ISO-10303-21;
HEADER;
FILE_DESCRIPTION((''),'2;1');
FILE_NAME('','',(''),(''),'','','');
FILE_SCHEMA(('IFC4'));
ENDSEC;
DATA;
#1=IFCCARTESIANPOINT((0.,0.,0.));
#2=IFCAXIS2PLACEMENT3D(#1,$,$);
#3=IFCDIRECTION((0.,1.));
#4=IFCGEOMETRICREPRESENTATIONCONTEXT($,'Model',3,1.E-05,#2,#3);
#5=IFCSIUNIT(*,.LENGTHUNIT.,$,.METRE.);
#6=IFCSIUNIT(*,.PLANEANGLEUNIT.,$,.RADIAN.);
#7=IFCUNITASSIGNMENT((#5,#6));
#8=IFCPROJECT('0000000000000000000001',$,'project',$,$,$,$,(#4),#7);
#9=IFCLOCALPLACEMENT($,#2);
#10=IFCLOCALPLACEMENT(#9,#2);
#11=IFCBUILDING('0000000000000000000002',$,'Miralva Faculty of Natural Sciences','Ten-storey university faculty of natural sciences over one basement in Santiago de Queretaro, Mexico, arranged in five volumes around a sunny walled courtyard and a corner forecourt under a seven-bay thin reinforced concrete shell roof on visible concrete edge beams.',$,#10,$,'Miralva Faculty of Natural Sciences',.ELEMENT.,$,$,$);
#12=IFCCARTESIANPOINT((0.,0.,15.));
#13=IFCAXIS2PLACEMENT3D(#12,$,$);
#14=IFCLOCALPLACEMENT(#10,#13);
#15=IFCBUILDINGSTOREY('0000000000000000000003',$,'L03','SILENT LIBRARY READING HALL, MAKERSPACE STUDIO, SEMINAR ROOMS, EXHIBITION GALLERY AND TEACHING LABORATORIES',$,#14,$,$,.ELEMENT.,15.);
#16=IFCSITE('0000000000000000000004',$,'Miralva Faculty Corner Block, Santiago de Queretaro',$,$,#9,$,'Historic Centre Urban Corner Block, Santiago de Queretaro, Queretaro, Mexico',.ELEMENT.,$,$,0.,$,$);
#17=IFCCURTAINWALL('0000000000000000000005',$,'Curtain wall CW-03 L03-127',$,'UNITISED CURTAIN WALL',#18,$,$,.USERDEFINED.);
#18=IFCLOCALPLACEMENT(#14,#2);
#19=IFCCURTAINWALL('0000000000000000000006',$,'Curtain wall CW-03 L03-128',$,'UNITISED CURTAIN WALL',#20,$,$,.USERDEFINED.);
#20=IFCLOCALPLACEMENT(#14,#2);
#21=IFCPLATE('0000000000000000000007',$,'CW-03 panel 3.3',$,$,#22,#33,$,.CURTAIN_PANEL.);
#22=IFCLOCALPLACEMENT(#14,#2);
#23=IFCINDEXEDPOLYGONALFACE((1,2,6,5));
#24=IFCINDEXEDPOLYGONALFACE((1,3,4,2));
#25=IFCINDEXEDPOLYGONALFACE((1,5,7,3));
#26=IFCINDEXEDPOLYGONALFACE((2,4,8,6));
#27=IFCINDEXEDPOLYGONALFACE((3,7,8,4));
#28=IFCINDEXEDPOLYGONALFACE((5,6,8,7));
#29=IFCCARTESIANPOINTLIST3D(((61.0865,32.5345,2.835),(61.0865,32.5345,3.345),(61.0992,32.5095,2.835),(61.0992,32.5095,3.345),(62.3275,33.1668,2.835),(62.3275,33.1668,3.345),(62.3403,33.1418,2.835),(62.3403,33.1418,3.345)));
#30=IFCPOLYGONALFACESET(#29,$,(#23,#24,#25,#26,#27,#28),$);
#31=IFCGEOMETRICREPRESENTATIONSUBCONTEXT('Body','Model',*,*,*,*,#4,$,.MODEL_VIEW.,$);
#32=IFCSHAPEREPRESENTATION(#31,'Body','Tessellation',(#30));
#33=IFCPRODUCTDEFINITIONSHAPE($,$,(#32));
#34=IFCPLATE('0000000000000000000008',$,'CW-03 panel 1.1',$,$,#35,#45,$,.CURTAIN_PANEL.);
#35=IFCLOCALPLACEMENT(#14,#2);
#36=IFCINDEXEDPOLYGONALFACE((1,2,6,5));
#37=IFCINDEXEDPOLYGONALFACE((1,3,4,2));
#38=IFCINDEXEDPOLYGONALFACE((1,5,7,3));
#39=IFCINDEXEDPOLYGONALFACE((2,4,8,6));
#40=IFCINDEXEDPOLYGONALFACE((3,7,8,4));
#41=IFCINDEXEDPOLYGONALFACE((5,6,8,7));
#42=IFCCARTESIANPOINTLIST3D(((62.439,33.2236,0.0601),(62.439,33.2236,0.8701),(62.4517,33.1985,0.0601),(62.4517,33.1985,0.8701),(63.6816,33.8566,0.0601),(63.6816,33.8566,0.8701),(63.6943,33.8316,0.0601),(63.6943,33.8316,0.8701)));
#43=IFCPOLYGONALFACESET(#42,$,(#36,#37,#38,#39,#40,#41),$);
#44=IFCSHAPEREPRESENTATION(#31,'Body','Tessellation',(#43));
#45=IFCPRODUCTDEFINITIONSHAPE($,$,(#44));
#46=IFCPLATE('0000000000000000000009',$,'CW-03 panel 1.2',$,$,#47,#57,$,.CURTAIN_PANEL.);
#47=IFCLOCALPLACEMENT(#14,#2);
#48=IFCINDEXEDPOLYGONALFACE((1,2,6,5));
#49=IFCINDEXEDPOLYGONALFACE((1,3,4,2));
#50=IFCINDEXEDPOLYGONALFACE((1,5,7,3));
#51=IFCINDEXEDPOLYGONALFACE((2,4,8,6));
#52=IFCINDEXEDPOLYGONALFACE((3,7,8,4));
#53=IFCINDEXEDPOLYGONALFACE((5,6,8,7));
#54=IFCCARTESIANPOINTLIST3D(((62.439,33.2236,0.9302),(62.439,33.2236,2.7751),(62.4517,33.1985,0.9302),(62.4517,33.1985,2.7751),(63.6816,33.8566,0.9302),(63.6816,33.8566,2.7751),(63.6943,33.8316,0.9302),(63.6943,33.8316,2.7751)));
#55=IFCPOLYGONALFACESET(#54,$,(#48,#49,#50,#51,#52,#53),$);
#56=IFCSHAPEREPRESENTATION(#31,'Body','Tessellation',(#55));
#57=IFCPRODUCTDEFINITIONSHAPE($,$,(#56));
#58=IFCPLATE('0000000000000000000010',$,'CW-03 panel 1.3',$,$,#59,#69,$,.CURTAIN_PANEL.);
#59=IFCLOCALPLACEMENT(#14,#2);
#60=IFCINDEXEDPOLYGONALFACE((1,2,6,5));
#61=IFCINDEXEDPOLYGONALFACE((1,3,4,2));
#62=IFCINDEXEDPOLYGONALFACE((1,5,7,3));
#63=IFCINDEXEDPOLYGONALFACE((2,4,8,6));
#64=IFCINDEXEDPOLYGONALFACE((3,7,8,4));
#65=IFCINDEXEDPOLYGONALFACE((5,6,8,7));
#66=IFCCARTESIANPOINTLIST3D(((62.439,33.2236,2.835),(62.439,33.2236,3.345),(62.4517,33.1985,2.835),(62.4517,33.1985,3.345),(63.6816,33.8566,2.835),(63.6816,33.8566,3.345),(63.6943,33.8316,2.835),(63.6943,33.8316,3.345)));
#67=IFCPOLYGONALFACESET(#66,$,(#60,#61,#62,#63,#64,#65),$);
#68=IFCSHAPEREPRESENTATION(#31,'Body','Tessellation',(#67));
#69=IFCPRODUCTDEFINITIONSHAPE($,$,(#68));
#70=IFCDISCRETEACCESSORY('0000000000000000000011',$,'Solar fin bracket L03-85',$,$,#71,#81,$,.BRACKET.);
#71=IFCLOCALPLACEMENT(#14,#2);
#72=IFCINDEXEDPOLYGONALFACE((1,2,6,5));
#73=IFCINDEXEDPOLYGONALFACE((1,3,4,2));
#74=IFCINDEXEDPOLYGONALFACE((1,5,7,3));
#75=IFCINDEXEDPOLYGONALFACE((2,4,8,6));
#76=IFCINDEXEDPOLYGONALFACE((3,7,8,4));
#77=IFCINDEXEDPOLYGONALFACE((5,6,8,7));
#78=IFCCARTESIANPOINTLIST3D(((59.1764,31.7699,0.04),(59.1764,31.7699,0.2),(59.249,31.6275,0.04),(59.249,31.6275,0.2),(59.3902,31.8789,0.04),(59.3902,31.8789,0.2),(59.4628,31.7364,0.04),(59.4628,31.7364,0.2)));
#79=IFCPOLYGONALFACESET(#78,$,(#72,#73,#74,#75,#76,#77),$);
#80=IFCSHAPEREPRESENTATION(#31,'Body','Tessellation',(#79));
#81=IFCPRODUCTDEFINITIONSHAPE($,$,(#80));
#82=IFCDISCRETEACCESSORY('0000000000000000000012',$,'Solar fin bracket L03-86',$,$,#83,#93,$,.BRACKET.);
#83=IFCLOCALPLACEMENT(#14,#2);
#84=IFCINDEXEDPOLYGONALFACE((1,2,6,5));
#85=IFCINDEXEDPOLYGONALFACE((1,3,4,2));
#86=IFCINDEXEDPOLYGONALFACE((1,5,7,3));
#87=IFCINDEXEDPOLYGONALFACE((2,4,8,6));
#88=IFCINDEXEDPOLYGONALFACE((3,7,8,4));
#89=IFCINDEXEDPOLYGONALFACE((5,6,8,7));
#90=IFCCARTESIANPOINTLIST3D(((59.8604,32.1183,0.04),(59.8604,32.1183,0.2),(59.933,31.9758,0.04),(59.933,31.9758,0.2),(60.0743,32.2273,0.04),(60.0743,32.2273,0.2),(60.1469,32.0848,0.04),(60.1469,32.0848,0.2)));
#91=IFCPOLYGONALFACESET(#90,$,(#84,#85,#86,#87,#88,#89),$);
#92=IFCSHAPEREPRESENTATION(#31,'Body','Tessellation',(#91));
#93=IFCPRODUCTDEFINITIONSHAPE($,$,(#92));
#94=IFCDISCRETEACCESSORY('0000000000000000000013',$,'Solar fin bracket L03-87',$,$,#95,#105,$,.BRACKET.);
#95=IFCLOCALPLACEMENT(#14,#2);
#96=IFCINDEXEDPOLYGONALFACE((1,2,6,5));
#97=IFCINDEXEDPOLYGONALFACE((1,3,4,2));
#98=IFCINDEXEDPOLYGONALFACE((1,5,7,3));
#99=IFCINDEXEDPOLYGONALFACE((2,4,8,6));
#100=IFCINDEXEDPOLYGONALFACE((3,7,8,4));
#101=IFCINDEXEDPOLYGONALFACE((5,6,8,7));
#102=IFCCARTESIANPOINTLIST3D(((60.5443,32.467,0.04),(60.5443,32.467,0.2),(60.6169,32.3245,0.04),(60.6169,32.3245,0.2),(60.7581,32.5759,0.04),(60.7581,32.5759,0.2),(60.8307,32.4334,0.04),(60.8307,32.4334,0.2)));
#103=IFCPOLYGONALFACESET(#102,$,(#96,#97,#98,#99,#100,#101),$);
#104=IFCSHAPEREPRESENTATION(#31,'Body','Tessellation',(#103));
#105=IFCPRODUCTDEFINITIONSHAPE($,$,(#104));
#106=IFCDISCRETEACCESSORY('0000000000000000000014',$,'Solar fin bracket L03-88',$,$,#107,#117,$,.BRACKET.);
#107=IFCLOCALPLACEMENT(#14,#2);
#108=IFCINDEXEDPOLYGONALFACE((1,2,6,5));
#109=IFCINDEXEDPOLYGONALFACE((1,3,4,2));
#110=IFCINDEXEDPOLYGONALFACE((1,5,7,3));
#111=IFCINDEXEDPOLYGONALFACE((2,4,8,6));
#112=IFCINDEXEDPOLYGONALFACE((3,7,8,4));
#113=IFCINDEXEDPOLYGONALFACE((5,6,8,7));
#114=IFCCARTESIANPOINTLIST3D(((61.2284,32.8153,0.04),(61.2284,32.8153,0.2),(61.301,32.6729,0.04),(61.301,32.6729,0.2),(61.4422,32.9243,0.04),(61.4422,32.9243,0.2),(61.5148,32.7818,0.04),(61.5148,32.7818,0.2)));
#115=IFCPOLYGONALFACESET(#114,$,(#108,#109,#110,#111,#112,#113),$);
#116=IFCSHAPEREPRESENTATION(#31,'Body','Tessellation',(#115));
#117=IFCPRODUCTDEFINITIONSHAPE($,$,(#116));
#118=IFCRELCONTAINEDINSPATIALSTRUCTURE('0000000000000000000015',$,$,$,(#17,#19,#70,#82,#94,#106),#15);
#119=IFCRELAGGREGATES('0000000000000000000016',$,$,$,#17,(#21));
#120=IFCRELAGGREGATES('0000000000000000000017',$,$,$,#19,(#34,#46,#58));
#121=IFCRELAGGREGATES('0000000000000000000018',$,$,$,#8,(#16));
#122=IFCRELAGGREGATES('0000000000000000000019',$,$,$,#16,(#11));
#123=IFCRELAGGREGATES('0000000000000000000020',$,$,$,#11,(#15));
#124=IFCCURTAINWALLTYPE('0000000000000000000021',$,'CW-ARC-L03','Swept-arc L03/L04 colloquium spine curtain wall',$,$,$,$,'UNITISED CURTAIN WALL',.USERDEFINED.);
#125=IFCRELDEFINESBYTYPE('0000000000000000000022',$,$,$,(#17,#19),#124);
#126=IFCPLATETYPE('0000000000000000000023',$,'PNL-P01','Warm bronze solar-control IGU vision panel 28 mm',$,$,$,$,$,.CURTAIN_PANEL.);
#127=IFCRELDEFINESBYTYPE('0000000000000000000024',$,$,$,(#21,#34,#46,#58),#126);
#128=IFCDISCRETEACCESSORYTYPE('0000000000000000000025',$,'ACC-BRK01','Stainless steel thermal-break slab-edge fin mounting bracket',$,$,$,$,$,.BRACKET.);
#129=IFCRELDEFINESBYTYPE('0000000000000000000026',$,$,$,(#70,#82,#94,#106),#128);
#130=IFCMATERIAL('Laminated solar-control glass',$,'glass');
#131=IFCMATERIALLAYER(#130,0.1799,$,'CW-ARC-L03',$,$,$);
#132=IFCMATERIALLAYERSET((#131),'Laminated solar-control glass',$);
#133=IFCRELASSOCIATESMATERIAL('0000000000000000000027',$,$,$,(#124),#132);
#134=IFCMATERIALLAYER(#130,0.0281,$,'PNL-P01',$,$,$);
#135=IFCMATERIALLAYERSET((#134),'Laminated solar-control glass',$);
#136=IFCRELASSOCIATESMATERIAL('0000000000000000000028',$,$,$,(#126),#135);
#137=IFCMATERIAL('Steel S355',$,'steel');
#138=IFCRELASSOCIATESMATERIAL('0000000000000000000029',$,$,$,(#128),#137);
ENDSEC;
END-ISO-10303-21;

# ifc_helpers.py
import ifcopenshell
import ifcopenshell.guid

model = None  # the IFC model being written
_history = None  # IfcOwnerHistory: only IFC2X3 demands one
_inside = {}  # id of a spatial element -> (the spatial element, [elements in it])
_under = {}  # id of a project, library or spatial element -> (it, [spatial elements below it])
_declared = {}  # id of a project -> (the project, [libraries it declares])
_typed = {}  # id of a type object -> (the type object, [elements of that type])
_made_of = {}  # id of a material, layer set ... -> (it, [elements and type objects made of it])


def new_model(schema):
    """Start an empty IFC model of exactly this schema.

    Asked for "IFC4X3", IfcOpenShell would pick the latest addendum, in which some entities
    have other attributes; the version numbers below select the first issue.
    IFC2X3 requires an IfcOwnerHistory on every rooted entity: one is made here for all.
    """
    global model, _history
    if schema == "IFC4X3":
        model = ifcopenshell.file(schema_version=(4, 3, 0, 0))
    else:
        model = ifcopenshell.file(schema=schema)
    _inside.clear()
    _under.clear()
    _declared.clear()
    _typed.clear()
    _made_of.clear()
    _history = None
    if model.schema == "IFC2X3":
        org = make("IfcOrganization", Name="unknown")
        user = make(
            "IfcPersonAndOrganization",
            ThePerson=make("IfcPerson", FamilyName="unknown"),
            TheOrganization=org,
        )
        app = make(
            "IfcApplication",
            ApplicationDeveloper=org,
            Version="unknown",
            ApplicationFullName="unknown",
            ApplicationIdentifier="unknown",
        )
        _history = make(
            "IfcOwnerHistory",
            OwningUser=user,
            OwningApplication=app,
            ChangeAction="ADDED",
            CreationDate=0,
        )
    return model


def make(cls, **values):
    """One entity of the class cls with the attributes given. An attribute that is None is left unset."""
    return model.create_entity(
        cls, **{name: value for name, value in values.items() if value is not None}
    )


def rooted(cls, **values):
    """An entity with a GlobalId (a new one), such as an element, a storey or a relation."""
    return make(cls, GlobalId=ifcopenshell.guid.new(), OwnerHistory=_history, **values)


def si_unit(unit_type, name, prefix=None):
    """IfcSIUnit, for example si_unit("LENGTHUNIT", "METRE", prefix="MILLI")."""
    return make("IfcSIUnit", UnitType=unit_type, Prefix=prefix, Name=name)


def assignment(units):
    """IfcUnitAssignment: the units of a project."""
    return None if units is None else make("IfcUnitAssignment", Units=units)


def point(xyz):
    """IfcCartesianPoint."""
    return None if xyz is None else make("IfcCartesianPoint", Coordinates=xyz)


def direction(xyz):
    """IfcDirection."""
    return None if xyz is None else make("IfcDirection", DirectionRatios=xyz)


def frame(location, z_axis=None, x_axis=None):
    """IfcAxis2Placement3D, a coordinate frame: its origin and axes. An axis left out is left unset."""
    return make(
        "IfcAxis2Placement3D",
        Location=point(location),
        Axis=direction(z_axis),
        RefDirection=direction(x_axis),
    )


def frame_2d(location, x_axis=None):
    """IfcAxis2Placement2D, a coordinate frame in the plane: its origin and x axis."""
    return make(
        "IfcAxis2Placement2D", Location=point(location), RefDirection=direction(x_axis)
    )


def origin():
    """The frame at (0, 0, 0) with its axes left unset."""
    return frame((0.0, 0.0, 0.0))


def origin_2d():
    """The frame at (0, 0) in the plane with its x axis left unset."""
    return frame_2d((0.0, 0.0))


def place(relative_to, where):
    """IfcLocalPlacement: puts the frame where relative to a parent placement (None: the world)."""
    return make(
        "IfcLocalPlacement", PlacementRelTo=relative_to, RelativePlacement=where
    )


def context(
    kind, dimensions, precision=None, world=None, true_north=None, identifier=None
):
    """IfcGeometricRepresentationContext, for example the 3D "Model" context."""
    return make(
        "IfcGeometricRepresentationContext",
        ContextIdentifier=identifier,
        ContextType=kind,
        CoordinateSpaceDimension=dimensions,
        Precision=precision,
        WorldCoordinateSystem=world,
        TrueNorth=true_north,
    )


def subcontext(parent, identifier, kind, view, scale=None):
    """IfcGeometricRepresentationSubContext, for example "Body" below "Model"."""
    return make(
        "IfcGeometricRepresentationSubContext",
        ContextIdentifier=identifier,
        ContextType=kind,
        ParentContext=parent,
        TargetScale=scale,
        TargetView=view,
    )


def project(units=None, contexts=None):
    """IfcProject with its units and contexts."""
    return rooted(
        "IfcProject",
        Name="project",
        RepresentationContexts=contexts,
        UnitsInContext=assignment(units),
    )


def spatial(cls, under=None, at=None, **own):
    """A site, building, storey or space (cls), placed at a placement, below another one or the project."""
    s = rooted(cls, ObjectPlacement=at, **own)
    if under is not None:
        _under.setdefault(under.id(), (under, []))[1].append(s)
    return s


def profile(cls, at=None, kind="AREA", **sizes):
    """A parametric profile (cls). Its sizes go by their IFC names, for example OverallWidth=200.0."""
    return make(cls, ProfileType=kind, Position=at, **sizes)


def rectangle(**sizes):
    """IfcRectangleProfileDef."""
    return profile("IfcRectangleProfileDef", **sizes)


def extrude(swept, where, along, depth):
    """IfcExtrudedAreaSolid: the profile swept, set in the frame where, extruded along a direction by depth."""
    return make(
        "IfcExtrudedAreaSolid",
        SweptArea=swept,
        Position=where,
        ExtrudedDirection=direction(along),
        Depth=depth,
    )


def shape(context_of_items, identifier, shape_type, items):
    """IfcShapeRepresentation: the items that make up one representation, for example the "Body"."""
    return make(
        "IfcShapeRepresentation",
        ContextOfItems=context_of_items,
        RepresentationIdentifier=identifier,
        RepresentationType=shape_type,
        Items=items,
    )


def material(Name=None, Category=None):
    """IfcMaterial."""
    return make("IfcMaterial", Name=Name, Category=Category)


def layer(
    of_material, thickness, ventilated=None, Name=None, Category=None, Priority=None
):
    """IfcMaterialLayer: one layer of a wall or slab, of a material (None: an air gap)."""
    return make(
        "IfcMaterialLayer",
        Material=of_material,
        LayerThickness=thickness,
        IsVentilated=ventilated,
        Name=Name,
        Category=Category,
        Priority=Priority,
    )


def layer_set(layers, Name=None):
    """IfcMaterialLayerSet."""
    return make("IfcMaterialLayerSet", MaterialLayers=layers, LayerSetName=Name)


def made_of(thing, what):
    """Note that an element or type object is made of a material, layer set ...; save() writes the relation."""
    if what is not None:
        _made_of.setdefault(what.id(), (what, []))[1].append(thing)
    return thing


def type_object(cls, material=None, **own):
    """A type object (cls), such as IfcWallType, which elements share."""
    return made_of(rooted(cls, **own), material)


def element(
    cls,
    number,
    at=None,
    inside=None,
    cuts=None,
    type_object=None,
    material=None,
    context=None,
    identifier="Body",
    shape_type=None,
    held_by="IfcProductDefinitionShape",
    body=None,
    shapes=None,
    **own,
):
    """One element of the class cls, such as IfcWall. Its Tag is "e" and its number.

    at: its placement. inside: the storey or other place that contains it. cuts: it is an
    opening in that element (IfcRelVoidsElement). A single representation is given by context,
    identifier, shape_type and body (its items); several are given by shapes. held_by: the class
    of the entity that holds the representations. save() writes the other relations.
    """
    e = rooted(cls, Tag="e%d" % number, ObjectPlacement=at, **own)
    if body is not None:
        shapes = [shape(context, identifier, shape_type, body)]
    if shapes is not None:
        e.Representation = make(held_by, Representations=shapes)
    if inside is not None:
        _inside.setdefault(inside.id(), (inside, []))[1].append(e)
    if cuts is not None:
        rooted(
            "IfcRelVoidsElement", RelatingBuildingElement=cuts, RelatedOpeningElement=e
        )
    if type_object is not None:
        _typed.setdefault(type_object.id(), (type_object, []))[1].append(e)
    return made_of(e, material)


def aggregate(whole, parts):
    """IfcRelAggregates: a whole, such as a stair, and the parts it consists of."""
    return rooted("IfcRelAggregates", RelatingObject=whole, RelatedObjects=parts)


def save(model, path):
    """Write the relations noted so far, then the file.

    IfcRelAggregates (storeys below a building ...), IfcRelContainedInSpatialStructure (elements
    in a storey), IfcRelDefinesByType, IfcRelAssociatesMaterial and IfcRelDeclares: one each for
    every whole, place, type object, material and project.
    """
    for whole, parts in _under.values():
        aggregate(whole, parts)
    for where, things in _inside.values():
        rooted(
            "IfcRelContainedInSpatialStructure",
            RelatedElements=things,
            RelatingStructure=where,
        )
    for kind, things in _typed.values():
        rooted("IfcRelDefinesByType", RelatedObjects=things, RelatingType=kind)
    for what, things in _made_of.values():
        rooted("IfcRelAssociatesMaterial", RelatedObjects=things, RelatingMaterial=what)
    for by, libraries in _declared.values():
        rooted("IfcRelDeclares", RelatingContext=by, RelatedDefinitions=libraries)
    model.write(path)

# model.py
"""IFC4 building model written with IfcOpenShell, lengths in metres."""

from ifc_helpers import new_model, si_unit, direction, frame, origin, origin_2d, place, context, subcontext, project, spatial, rectangle, extrude, material, layer, layer_set, type_object, element, aggregate, save


model = new_model("IFC4")

# Units and contexts
model_context = context("Model", 3, precision=1e-05, world=origin(), true_north=direction((0.0, 1.0)))
body_context = subcontext(model_context, "Body", "Model", "MODEL_VIEW")
ifc_project = project(units=[si_unit("LENGTHUNIT", "METRE"), si_unit("PLANEANGLEUNIT", "RADIAN")], contexts=[model_context])

# Site, building, storey
site_placement = place(None, origin())
site = spatial("IfcSite", under=ifc_project, at=site_placement, Name="Miralva Faculty Corner Block, Santiago de Queretaro", LongName="Historic Centre Urban Corner Block, Santiago de Queretaro, Queretaro, Mexico", CompositionType="ELEMENT", RefElevation=0.0)
building_placement = place(site_placement, origin())
building = spatial("IfcBuilding", under=site, at=building_placement, Name="Miralva Faculty of Natural Sciences", Description="Ten-storey university faculty of natural sciences over one basement in Santiago de Queretaro, Mexico, arranged in five volumes around a sunny walled courtyard and a corner forecourt under a seven-bay thin reinforced concrete shell roof on visible concrete edge beams.", LongName="Miralva Faculty of Natural Sciences", CompositionType="ELEMENT")
storey_placement = place(building_placement, frame((0.0, 0.0, 15.0)))
storey = spatial("IfcBuildingStorey", under=building, at=storey_placement, Name="L03", Description="SILENT LIBRARY READING HALL, MAKERSPACE STUDIO, SEMINAR ROOMS, EXHIBITION GALLERY AND TEACHING LABORATORIES", CompositionType="ELEMENT", Elevation=15.0)

# Curtain wall
ifc_material_1 = material(Name="Laminated solar-control glass", Category="glass")
ifc_layer_1 = layer(ifc_material_1, 0.1799, Name="CW-ARC-L03")
ifc_layer_set_1 = layer_set([ifc_layer_1], Name="Laminated solar-control glass")
curtain_wall_type = type_object("IfcCurtainWallType", Name="CW-ARC-L03", Description="Swept-arc L03/L04 colloquium spine curtain wall", ElementType="UNITISED CURTAIN WALL", PredefinedType="USERDEFINED", material=ifc_layer_set_1)
curtain_wall_1_placement = place(storey_placement, origin())
curtain_wall_1 = element("IfcCurtainWall", 1, at=curtain_wall_1_placement, inside=storey, type_object=curtain_wall_type, Name="Curtain wall CW-03 L03-127", ObjectType="UNITISED CURTAIN WALL", PredefinedType="USERDEFINED")

# Curtain wall
curtain_wall_2_placement = place(storey_placement, origin())
curtain_wall_2 = element("IfcCurtainWall", 2, at=curtain_wall_2_placement, inside=storey, type_object=curtain_wall_type, Name="Curtain wall CW-03 L03-128", ObjectType="UNITISED CURTAIN WALL", PredefinedType="USERDEFINED")

# Plates
ifc_layer_2 = layer(ifc_material_1, 0.0281, Name="PNL-P01")
ifc_layer_set_2 = layer_set([ifc_layer_2], Name="Laminated solar-control glass")
plate_type = type_object("IfcPlateType", Name="PNL-P01", Description="Warm bronze solar-control IGU vision panel 28 mm", PredefinedType="CURTAIN_PANEL", material=ifc_layer_set_2)
plate_1_placement = place(storey_placement, frame((61.7134, 32.8381, 2.835), z_axis=(0.0, 0.0, 1.0), x_axis=(0.891002, 0.454, 0.0)))
plate_1 = element("IfcPlate", 3, at=plate_1_placement, type_object=plate_type, Name="CW-03 panel 3.3", PredefinedType="CURTAIN_PANEL", context=body_context, shape_type="SweptSolid", body=[
    extrude(rectangle(XDim=1.3928, YDim=0.0281, at=origin_2d()), origin(), (0.0, 0.0, 1.0), 0.51),
])
aggregate(curtain_wall_1, [plate_1])
plate_2_placement = place(storey_placement, frame((63.0667, 33.5276, 0.0601), z_axis=(0.0, 0.0, 1.0), x_axis=(0.891015, 0.453975, 0.0)))
plate_2 = element("IfcPlate", 4, at=plate_2_placement, type_object=plate_type, Name="CW-03 panel 1.1", PredefinedType="CURTAIN_PANEL", context=body_context, shape_type="SweptSolid", body=[
    extrude(rectangle(XDim=1.3945, YDim=0.0281, at=origin_2d()), origin(), (0.0, 0.0, 1.0), 0.8101),
])
plate_3_placement = place(storey_placement, frame((63.0667, 33.5276, 0.9302), z_axis=(0.0, 0.0, 1.0), x_axis=(0.891015, 0.453975, 0.0)))
plate_3 = element("IfcPlate", 5, at=plate_3_placement, type_object=plate_type, Name="CW-03 panel 1.2", PredefinedType="CURTAIN_PANEL", context=body_context, shape_type="SweptSolid", body=[
    extrude(rectangle(XDim=1.3945, YDim=0.0281, at=origin_2d()), origin(), (0.0, 0.0, 1.0), 1.845),
])
plate_4_placement = place(storey_placement, frame((63.0667, 33.5276, 2.835), z_axis=(0.0, 0.0, 1.0), x_axis=(0.891015, 0.453975, 0.0)))
plate_4 = element("IfcPlate", 6, at=plate_4_placement, type_object=plate_type, Name="CW-03 panel 1.3", PredefinedType="CURTAIN_PANEL", context=body_context, shape_type="SweptSolid", body=[
    extrude(rectangle(XDim=1.3945, YDim=0.0281, at=origin_2d()), origin(), (0.0, 0.0, 1.0), 0.51),
])
aggregate(curtain_wall_2, [plate_2, plate_3, plate_4])

# Discrete accessories
ifc_material_2 = material(Name="Steel S355", Category="steel")
discrete_accessory_type = type_object("IfcDiscreteAccessoryType", Name="ACC-BRK01", Description="Stainless steel thermal-break slab-edge fin mounting bracket", PredefinedType="BRACKET", material=ifc_material_2)
for number, where, z_axis, x_axis, name in (
    (7, (59.3196, 31.7532, 0.04), (0.0, 0.0, 1.0), (-0.45399, 0.891007, 0.0), "Solar fin bracket L03-85"),
    (8, (60.0037, 32.1016, 0.04), (0.0, 0.0, 1.0), (-0.45399, 0.891007, 0.0), "Solar fin bracket L03-86"),
    (9, (60.6875, 32.4502, 0.04), (0.0, 0.0, 1.0), (-0.45399, 0.891007, 0.0), "Solar fin bracket L03-87"),
    (10, (61.3716, 32.7986, 0.04), (0.0, 0.0, 1.0), (-0.45399, 0.891007, 0.0), "Solar fin bracket L03-88"),
):
    element("IfcDiscreteAccessory", number, at=place(storey_placement, frame(where, z_axis=z_axis, x_axis=x_axis)), inside=storey, type_object=discrete_accessory_type, Name=name, PredefinedType="BRACKET", context=body_context, shape_type="SweptSolid", body=[
        extrude(rectangle(XDim=0.1599, YDim=0.24, at=origin_2d()), origin(), (0.0, 0.0, 1.0), 0.1599),
    ])

save(model, "model.ifc")
